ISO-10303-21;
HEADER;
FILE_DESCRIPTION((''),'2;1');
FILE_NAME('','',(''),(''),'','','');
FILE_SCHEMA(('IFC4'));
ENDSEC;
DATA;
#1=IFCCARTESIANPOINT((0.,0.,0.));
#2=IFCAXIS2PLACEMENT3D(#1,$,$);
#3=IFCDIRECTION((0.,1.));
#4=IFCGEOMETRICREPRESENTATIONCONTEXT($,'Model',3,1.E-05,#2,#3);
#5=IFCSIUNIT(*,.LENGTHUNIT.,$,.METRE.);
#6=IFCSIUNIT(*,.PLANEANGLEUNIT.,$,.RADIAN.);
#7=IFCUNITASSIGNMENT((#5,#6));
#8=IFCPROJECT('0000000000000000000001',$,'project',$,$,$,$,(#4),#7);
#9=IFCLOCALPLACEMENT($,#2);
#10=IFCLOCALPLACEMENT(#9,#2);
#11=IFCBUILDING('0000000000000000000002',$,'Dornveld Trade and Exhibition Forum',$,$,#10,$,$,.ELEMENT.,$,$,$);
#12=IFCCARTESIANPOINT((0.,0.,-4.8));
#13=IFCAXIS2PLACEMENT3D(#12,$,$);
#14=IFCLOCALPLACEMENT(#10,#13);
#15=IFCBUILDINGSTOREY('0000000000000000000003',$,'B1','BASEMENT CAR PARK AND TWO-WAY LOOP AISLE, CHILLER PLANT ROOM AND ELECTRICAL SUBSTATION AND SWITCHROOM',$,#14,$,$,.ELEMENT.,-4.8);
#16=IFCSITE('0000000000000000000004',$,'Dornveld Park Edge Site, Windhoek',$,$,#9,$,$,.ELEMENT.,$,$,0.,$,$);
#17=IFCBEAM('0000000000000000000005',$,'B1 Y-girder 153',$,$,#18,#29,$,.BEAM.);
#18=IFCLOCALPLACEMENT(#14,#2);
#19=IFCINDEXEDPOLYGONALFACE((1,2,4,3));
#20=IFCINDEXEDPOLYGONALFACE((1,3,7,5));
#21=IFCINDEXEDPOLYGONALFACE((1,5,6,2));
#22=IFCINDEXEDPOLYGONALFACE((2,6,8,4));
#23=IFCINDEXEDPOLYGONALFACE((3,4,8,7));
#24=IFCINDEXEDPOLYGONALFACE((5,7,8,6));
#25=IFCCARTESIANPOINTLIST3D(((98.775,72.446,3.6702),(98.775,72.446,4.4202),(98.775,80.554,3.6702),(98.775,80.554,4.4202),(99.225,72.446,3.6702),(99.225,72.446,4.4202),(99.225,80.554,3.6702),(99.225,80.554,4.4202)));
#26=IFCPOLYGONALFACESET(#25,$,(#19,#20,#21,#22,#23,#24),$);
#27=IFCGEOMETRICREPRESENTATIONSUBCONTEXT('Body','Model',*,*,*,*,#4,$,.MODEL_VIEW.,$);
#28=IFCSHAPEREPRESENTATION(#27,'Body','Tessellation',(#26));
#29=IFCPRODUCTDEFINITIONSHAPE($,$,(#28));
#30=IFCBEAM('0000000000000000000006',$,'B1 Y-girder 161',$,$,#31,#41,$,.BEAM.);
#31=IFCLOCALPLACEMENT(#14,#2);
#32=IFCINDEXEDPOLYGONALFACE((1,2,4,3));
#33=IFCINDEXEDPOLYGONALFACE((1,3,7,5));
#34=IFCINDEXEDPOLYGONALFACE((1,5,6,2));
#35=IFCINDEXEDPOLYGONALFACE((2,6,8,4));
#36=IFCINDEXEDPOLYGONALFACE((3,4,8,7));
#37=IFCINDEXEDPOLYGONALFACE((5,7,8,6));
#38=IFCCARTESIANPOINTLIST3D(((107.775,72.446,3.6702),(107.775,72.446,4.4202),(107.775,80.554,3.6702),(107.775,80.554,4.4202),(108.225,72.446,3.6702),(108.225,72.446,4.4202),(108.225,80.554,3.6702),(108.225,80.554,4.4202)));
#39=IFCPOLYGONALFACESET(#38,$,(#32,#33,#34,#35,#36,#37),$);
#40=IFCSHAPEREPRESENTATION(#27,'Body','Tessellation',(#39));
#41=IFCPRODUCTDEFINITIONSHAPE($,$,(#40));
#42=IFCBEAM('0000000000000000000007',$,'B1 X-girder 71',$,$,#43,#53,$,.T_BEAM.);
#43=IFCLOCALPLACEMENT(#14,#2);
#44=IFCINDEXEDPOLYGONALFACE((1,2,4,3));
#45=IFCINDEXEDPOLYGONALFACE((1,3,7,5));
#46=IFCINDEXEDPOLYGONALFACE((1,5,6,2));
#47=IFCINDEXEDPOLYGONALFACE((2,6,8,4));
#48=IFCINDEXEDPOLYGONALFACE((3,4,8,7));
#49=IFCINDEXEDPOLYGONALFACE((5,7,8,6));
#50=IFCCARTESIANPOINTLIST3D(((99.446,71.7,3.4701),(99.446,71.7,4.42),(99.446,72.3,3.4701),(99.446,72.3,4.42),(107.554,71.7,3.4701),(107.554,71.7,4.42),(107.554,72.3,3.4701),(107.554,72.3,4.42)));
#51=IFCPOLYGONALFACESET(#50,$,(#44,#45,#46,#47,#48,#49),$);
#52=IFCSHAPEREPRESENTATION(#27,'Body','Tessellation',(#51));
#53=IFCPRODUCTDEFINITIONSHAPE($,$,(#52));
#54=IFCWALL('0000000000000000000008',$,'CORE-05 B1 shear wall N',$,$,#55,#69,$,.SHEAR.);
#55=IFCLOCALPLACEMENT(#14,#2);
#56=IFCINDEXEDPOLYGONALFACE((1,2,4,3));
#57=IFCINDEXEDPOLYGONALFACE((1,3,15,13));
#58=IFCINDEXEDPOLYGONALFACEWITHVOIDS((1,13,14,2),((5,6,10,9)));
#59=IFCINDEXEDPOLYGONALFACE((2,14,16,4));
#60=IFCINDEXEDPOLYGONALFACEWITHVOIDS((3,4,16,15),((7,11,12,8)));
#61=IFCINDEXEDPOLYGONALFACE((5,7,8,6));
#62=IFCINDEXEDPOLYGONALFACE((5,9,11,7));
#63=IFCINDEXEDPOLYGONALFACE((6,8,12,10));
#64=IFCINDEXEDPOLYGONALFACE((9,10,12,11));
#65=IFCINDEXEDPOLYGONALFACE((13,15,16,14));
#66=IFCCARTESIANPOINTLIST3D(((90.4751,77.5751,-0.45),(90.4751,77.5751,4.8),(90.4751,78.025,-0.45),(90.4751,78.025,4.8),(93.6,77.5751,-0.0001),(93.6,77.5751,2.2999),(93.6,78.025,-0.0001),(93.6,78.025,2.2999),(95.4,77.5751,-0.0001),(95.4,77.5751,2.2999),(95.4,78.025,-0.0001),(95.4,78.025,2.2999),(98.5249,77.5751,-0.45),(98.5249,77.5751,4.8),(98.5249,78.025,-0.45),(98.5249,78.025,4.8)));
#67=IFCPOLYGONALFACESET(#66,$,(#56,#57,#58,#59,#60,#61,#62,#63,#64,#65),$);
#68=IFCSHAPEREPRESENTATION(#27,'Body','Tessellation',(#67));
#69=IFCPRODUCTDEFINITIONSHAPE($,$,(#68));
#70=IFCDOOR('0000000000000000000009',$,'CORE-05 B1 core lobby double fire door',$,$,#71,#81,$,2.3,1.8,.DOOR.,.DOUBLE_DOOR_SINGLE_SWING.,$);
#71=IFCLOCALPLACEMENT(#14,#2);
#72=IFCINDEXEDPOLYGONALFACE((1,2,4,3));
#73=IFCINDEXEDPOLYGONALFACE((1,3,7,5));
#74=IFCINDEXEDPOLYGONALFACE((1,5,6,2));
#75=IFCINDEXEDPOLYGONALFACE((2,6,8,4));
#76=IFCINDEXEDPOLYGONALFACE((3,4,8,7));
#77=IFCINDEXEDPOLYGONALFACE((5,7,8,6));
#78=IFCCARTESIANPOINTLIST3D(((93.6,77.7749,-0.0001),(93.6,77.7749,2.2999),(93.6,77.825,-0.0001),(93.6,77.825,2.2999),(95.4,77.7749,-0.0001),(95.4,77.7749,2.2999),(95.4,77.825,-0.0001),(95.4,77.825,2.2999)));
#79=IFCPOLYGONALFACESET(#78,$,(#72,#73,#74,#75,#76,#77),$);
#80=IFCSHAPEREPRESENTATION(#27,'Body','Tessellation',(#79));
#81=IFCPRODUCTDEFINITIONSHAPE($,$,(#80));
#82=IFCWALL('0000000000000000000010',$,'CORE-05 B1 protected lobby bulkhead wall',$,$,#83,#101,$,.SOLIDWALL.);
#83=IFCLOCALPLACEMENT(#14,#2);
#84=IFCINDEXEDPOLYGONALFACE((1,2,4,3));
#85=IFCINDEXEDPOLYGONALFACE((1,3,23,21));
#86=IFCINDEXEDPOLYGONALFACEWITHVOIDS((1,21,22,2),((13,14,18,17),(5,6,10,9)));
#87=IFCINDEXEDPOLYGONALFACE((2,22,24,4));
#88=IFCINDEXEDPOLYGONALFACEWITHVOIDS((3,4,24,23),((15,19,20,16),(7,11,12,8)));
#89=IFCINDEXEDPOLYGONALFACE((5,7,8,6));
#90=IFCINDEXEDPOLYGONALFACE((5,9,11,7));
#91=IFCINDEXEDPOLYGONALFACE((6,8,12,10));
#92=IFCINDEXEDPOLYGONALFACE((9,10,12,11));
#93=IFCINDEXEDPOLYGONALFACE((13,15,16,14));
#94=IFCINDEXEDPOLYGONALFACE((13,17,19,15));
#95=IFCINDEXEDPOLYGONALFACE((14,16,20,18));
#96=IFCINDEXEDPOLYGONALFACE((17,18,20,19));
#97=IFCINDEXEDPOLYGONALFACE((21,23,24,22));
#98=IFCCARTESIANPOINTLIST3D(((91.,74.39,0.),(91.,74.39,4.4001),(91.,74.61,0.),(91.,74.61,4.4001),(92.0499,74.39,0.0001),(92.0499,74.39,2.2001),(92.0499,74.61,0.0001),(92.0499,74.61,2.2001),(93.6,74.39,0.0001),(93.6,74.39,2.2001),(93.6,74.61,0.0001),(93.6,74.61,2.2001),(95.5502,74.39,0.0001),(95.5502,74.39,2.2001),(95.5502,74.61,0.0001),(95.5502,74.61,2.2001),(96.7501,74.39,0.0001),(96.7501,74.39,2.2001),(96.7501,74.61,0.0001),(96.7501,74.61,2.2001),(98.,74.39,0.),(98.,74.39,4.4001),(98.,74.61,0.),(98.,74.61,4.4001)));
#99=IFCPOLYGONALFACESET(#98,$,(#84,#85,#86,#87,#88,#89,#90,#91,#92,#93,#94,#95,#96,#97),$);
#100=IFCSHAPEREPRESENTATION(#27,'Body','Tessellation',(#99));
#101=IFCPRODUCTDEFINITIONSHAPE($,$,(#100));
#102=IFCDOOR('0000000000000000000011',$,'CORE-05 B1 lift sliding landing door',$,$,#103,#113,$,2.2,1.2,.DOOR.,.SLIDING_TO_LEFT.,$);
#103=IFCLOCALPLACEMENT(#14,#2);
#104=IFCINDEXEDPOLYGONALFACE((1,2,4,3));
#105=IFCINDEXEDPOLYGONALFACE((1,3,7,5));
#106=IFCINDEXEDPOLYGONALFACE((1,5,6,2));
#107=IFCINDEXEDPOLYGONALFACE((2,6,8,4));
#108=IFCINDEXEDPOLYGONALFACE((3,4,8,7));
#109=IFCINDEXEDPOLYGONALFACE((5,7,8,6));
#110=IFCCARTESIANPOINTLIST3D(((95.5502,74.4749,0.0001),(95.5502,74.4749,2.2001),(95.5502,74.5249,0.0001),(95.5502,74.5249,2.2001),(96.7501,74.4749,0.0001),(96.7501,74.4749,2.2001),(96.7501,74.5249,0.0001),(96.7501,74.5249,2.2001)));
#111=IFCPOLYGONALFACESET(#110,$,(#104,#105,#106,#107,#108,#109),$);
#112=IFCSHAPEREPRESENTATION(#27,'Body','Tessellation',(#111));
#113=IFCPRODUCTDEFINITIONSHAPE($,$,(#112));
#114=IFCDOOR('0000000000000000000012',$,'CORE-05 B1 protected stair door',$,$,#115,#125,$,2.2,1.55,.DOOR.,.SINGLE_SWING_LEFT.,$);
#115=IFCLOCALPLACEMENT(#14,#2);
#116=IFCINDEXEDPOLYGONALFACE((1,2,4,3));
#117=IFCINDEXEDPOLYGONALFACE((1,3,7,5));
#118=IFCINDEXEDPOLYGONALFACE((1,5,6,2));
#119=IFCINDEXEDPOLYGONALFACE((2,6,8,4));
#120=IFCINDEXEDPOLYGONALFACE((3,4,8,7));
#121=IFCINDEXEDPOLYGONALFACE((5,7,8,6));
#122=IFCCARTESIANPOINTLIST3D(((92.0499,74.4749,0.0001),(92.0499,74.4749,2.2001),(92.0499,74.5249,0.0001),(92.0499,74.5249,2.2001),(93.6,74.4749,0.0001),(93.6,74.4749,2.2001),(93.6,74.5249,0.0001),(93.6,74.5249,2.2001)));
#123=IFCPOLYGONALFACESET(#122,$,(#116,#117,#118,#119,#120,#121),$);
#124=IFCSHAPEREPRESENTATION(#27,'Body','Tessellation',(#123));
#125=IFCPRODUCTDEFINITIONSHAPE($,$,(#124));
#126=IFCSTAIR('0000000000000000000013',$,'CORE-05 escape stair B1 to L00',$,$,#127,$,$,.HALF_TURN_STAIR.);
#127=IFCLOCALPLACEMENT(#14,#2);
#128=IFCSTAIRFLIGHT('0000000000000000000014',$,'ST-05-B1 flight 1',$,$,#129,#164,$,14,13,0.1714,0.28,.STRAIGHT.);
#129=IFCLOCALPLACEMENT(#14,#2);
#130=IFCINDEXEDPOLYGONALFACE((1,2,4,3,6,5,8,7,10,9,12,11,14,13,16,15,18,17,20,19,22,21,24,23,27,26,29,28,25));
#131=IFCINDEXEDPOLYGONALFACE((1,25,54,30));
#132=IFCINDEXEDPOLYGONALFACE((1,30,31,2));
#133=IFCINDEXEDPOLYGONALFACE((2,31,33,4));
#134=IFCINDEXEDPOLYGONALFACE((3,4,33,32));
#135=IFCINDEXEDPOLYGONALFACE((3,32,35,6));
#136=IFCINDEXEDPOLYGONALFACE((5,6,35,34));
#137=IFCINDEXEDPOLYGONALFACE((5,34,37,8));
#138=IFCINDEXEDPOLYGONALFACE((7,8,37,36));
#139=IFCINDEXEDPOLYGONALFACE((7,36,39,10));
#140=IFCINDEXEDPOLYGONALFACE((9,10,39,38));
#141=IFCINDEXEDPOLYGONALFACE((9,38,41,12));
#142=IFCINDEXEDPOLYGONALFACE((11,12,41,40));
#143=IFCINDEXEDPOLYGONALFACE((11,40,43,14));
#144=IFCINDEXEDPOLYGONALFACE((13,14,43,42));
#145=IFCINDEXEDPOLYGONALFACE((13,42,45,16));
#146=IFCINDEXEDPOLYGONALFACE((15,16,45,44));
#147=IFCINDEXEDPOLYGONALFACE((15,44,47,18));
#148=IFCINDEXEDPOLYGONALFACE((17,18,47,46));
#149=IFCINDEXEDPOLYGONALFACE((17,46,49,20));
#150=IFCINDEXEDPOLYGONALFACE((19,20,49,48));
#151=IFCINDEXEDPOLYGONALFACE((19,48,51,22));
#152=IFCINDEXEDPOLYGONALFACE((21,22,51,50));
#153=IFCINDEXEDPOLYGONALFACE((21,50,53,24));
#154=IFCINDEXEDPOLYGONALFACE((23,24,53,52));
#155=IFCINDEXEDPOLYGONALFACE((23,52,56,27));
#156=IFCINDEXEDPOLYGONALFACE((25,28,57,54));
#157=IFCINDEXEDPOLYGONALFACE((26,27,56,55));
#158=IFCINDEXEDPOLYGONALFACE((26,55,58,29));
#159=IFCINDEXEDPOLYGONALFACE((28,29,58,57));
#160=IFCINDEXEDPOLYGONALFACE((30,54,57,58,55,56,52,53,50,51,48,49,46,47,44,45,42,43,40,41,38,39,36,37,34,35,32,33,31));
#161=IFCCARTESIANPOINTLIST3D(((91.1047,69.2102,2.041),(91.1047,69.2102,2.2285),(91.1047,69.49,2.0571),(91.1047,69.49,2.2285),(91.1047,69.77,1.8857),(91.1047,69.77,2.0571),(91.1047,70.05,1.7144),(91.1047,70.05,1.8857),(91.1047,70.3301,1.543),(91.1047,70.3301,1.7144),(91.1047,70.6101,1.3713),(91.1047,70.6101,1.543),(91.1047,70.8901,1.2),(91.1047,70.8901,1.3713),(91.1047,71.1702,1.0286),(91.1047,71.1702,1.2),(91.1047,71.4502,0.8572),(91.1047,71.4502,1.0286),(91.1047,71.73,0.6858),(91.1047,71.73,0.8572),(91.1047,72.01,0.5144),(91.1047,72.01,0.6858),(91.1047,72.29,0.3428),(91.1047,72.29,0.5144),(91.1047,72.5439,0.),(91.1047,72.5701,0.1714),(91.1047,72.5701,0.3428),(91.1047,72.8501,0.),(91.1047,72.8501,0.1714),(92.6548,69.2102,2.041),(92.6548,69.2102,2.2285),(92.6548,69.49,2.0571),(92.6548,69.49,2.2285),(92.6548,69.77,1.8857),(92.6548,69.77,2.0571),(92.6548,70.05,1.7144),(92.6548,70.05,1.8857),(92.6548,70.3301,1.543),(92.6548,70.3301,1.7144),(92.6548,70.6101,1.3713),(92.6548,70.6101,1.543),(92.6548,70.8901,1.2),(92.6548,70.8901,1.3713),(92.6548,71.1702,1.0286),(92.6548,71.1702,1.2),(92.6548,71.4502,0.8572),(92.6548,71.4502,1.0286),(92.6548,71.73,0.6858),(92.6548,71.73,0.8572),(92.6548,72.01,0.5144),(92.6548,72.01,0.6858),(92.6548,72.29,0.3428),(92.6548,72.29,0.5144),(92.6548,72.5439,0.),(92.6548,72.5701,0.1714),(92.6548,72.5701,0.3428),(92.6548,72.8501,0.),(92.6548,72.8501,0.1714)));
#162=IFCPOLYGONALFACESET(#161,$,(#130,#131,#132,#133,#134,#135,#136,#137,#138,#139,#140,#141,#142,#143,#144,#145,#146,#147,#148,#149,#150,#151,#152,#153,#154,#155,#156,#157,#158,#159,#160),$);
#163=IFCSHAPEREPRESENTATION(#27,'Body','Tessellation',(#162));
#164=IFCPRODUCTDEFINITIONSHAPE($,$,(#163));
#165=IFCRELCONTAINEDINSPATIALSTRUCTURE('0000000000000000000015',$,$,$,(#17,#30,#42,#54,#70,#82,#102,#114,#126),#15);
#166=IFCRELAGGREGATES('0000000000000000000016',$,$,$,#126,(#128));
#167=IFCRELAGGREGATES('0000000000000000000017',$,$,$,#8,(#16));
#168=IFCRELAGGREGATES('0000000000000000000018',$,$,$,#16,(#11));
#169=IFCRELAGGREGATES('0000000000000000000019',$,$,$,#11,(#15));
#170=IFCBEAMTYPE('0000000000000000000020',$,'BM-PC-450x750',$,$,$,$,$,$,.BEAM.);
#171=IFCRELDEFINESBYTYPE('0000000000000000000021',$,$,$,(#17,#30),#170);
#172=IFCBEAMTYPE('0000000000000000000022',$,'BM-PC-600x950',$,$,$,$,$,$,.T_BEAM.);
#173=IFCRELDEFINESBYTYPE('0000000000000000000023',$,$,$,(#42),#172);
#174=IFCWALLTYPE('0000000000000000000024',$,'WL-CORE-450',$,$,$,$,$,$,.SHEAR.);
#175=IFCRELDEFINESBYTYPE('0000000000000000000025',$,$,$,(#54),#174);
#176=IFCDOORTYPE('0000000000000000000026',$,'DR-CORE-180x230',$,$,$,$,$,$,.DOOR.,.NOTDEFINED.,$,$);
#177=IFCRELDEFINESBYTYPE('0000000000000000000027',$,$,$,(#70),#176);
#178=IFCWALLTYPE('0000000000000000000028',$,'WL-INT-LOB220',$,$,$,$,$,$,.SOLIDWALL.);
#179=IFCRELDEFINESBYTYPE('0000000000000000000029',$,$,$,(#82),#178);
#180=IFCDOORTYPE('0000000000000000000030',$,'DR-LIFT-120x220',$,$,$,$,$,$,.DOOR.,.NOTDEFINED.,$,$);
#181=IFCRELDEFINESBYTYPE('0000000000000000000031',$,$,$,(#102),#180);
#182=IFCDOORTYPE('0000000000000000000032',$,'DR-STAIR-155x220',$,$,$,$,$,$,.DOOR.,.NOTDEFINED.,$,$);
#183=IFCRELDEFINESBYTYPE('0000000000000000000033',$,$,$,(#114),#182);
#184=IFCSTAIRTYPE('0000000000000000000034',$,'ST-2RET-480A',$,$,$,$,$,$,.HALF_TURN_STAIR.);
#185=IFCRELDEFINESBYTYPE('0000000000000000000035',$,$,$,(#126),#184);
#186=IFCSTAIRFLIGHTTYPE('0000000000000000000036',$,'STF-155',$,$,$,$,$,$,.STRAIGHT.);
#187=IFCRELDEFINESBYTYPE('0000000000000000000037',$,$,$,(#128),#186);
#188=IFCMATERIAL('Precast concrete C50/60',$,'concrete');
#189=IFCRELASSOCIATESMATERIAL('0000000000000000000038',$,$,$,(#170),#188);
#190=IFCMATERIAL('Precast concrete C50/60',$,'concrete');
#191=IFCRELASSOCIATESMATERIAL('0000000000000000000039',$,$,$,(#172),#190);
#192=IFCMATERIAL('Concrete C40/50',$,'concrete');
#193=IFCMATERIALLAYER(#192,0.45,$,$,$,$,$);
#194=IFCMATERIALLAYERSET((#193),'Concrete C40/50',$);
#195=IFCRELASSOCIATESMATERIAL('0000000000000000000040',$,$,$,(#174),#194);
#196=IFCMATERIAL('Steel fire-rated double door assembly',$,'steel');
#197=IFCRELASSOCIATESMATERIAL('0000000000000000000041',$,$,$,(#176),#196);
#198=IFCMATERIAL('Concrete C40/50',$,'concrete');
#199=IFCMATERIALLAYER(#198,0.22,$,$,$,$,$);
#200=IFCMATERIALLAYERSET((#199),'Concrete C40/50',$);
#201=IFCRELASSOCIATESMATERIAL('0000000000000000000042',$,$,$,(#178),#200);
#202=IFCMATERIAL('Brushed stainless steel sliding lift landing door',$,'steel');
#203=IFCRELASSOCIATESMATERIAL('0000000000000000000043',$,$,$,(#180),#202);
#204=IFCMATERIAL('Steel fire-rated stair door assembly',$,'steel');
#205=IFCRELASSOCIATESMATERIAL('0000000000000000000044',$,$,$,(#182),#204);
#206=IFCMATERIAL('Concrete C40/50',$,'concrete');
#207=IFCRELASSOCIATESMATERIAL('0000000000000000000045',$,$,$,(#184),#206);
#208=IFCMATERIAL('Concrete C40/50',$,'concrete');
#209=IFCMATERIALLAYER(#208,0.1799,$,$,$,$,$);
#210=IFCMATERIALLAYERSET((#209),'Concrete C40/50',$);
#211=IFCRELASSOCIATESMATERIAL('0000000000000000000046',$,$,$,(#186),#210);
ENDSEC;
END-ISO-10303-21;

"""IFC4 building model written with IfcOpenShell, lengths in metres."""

from ifc_helpers import new_model, si_unit, direction, frame, frame_2d, origin, origin_2d, place, context, subcontext, project, spatial, polyline, rectangle, outline, extrude, material, layer, layer_set, material_profile, profile_set, type_object, element, fill, aggregate, save


model = new_model("IFC4")

# Units and contexts
model_context = context("Model", 3, precision=1e-05, world=origin(), true_north=direction((0.0, 1.0)))
body_context = subcontext(model_context, "Body", "Model", "MODEL_VIEW")
ifc_project = project(units=[si_unit("LENGTHUNIT", "METRE"), si_unit("PLANEANGLEUNIT", "RADIAN")], contexts=[model_context])

# Site, building, storey
site_placement = place(None, origin())
site = spatial("IfcSite", under=ifc_project, at=site_placement, Name="Dornveld Park Edge Site, Windhoek", CompositionType="ELEMENT", RefElevation=0.0)
building_placement = place(site_placement, origin())
building = spatial("IfcBuilding", under=site, at=building_placement, Name="Dornveld Trade and Exhibition Forum", CompositionType="ELEMENT")
storey_placement = place(building_placement, frame((0.0, 0.0, -4.8)))
storey = spatial("IfcBuildingStorey", under=building, at=storey_placement, Name="B1", Description="BASEMENT CAR PARK AND TWO-WAY LOOP AISLE, CHILLER PLANT ROOM AND ELECTRICAL SUBSTATION AND SWITCHROOM", CompositionType="ELEMENT", Elevation=-4.8)

# Beams
ifc_material_1 = material(Name="Precast concrete C50/60", Category="concrete")
ifc_material_profile_1 = material_profile(ifc_material_1, rectangle(XDim=0.45, YDim=0.75, at=origin_2d()), Name="PC-BM 450x750")
ifc_profile_set_1 = profile_set([ifc_material_profile_1], Name="Precast concrete C50/60")
beam_type_1 = type_object("IfcBeamType", Name="BM-PC-450x750", PredefinedType="BEAM", material=ifc_profile_set_1)
for number, where, z_axis, x_axis, name in (
    (1, (99.0, 72.446, 4.0452), (0.0, 1.0, 0.0), (-1.0, 0.0, 0.0), "B1 Y-girder 153"),
    (2, (108.0, 72.446, 4.0452), (0.0, 1.0, 0.0), (-1.0, 0.0, 0.0), "B1 Y-girder 161"),
):
    element("IfcBeam", number, at=place(storey_placement, frame(where, z_axis=z_axis, x_axis=x_axis)), inside=storey, type_object=beam_type_1, Name=name, PredefinedType="BEAM", context=body_context, shape_type="SweptSolid", body=[
        extrude(rectangle(XDim=0.45, YDim=0.75, at=origin_2d()), origin(), (0.0, 0.0, 1.0), 8.1079),
    ])
ifc_material_2 = material(Name="Precast concrete C50/60", Category="concrete")
ifc_material_profile_2 = material_profile(ifc_material_2, rectangle(XDim=0.6001, YDim=0.95, at=origin_2d()), Name="PC-GIR 600x950")
ifc_profile_set_2 = profile_set([ifc_material_profile_2], Name="Precast concrete C50/60")
beam_type_2 = type_object("IfcBeamType", Name="BM-PC-600x950", PredefinedType="T_BEAM", material=ifc_profile_set_2)
beam_1_placement = place(storey_placement, frame((99.446, 72.0, 3.9451), z_axis=(1.0, 0.0, 0.0), x_axis=(0.0, 1.0, 0.0)))
element("IfcBeam", 3, at=beam_1_placement, inside=storey, type_object=beam_type_2, Name="B1 X-girder 71", PredefinedType="T_BEAM", context=body_context, shape_type="SweptSolid", body=[
    extrude(rectangle(XDim=0.6001, YDim=0.95, at=origin_2d()), origin(), (0.0, 0.0, 1.0), 8.1079),
])

# Wall, opening, door
ifc_material_3 = material(Name="Concrete C40/50", Category="concrete")
ifc_layer_1 = layer(ifc_material_3, 0.45)
ifc_layer_set_1 = layer_set([ifc_layer_1], Name="Concrete C40/50")
wall_type_1 = type_object("IfcWallType", Name="WL-CORE-450", PredefinedType="SHEAR", material=ifc_layer_set_1)
wall_1_placement = place(storey_placement, frame((90.4751, 77.8, -0.45), z_axis=(0.0, 0.0, 1.0), x_axis=(1.0, 0.0, 0.0)))
wall_1 = element("IfcWall", 4, at=wall_1_placement, inside=storey, type_object=wall_type_1, Name="CORE-05 B1 shear wall N", PredefinedType="SHEAR", context=body_context, shape_type="SweptSolid", body=[
    extrude(rectangle(XDim=8.0498, YDim=0.45, at=frame_2d((4.0249, 0.0))), origin(), (0.0, 0.0, 1.0), 5.25),
])
opening_1_placement = place(wall_1_placement, frame((3.125, 0.0, 0.45)))
opening_1 = element("IfcOpeningElement", 5, at=opening_1_placement, cuts=wall_1, PredefinedType="OPENING", context=body_context, shape_type="SweptSolid", body=[
    extrude(rectangle(XDim=1.8, YDim=2.3, at=frame_2d((0.8999, 1.1499))), frame((0.0, 0.2349, 0.0), z_axis=(0.0, -1.0, 0.0), x_axis=(1.0, 0.0, 0.0)), (0.0, 0.0, 1.0), 0.47),
])
ifc_material_4 = material(Name="Steel fire-rated double door assembly", Category="steel")
door_type_1 = type_object("IfcDoorType", Name="DR-CORE-180x230", OperationType="NOTDEFINED", PredefinedType="DOOR", material=ifc_material_4)
door_1_placement = place(opening_1_placement, origin())
door_1 = element("IfcDoor", 6, at=door_1_placement, inside=storey, type_object=door_type_1, Name="CORE-05 B1 core lobby double fire door", OperationType="DOUBLE_DOOR_SINGLE_SWING", OverallHeight=2.3, OverallWidth=1.8, PredefinedType="DOOR", context=body_context, shape_type="SweptSolid", body=[
    extrude(rectangle(XDim=1.8, YDim=2.3, at=frame_2d((0.8999, 1.1499))), frame((0.0, 0.0249, 0.0), z_axis=(0.0, -1.0, 0.0), x_axis=(1.0, 0.0, 0.0)), (0.0, 0.0, 1.0), 0.05),
])
fill(opening_1, door_1)

# Wall, openings, doors
ifc_material_5 = material(Name="Concrete C40/50", Category="concrete")
ifc_layer_2 = layer(ifc_material_5, 0.22)
ifc_layer_set_2 = layer_set([ifc_layer_2], Name="Concrete C40/50")
wall_type_2 = type_object("IfcWallType", Name="WL-INT-LOB220", PredefinedType="SOLIDWALL", material=ifc_layer_set_2)
wall_2_placement = place(storey_placement, frame((91.0, 74.5, 0.0), z_axis=(0.0, 0.0, 1.0), x_axis=(1.0, 0.0, 0.0)))
wall_2 = element("IfcWall", 7, at=wall_2_placement, inside=storey, type_object=wall_type_2, Name="CORE-05 B1 protected lobby bulkhead wall", PredefinedType="SOLIDWALL", context=body_context, shape_type="SweptSolid", body=[
    extrude(rectangle(XDim=7.0, YDim=0.22, at=frame_2d((3.5, 0.0))), origin(), (0.0, 0.0, 1.0), 4.4001),
])
opening_2_placement = place(wall_2_placement, frame((1.05, 0.0, 0.0)))
opening_2 = element("IfcOpeningElement", 8, at=opening_2_placement, cuts=wall_2, PredefinedType="OPENING", context=body_context, shape_type="SweptSolid", body=[
    extrude(rectangle(XDim=1.55, YDim=2.2, at=frame_2d((0.7749, 1.1001))), frame((0.0, 0.1199, 0.0), z_axis=(0.0, -1.0, 0.0), x_axis=(1.0, 0.0, 0.0)), (0.0, 0.0, 1.0), 0.24),
])
opening_3_placement = place(wall_2_placement, frame((4.55, 0.0, 0.0)))
opening_3 = element("IfcOpeningElement", 9, at=opening_3_placement, cuts=wall_2, PredefinedType="OPENING", context=body_context, shape_type="SweptSolid", body=[
    extrude(rectangle(XDim=1.2, YDim=2.2, at=frame_2d((0.6001, 1.1001))), frame((0.0, 0.1199, 0.0), z_axis=(0.0, -1.0, 0.0), x_axis=(1.0, 0.0, 0.0)), (0.0, 0.0, 1.0), 0.24),
])
ifc_material_6 = material(Name="Brushed stainless steel sliding lift landing door", Category="steel")
door_type_2 = type_object("IfcDoorType", Name="DR-LIFT-120x220", OperationType="NOTDEFINED", PredefinedType="DOOR", material=ifc_material_6)
door_2_placement = place(opening_3_placement, origin())
door_2 = element("IfcDoor", 10, at=door_2_placement, inside=storey, type_object=door_type_2, Name="CORE-05 B1 lift sliding landing door", OperationType="SLIDING_TO_LEFT", OverallHeight=2.2, OverallWidth=1.2, PredefinedType="DOOR", context=body_context, shape_type="SweptSolid", body=[
    extrude(rectangle(XDim=1.2, YDim=2.2, at=frame_2d((0.6001, 1.1001))), frame((0.0, 0.0249, 0.0), z_axis=(0.0, -1.0, 0.0), x_axis=(1.0, 0.0, 0.0)), (0.0, 0.0, 1.0), 0.05),
])
fill(opening_3, door_2)
ifc_material_7 = material(Name="Steel fire-rated stair door assembly", Category="steel")
door_type_3 = type_object("IfcDoorType", Name="DR-STAIR-155x220", OperationType="NOTDEFINED", PredefinedType="DOOR", material=ifc_material_7)
door_3_placement = place(opening_2_placement, origin())
door_3 = element("IfcDoor", 11, at=door_3_placement, inside=storey, type_object=door_type_3, Name="CORE-05 B1 protected stair door", OperationType="SINGLE_SWING_LEFT", OverallHeight=2.2, OverallWidth=1.55, PredefinedType="DOOR", context=body_context, shape_type="SweptSolid", body=[
    extrude(rectangle(XDim=1.55, YDim=2.2, at=frame_2d((0.7749, 1.1001))), frame((0.0, 0.0249, 0.0), z_axis=(0.0, -1.0, 0.0), x_axis=(1.0, 0.0, 0.0)), (0.0, 0.0, 1.0), 0.05),
])
fill(opening_2, door_3)

# Stair, stair flight
ifc_material_8 = material(Name="Concrete C40/50", Category="concrete")
stair_type = type_object("IfcStairType", Name="ST-2RET-480A", PredefinedType="HALF_TURN_STAIR", material=ifc_material_8)
stair_placement = place(storey_placement, origin())
stair = element("IfcStair", 12, at=stair_placement, inside=storey, type_object=stair_type, Name="CORE-05 escape stair B1 to L00", PredefinedType="HALF_TURN_STAIR")
ifc_material_9 = material(Name="Concrete C40/50", Category="concrete")
ifc_layer_3 = layer(ifc_material_9, 0.1799)
ifc_layer_set_3 = layer_set([ifc_layer_3], Name="Concrete C40/50")
stair_flight_type = type_object("IfcStairFlightType", Name="STF-155", PredefinedType="STRAIGHT", material=ifc_layer_set_3)
stair_flight_1_placement = place(storey_placement, frame((91.8799, 72.8501, 0.0), z_axis=(0.0, 0.0, 1.0), x_axis=(0.0, -1.0, 0.0)))
stair_flight_1 = element("IfcStairFlight", 13, at=stair_flight_1_placement, type_object=stair_flight_type, Name="ST-05-B1 flight 1", NumberOfRisers=14, NumberOfTreads=13, PredefinedType="STRAIGHT", RiserHeight=0.1714, TreadLength=0.28, context=body_context, shape_type="SweptSolid", body=[
    extrude(outline(polyline([(0.0, 0.0), (0.0, 0.1714), (0.28, 0.1714), (0.28, 0.3428), (0.5601, 0.3428), (0.5601, 0.5144), (0.8401, 0.5144), (0.8401, 0.6858), (1.1201, 0.6858), (1.1201, 0.8572), (1.3999, 0.8572), (1.3999, 1.0286), (1.6799, 1.0286), (1.6799, 1.2), (1.96, 1.2), (1.96, 1.3713), (2.24, 1.3713), (2.24, 1.543), (2.52, 1.543), (2.52, 1.7144), (2.8, 1.7144), (2.8, 1.8857), (3.0801, 1.8857), (3.0801, 2.0571), (3.3601, 2.0571), (3.3601, 2.2285), (3.6399, 2.2285), (3.6399, 2.3999), (3.6399, 2.041), (0.3062, 0.0), (0.0, 0.0)])), frame((0.0, 0.7749, 0.0), z_axis=(0.0, -1.0, 0.0), x_axis=(1.0, 0.0, 0.0)), (0.0, 0.0, 1.0), 1.55),
])
aggregate(stair, [stair_flight_1])

save(model, "model.ifc")
